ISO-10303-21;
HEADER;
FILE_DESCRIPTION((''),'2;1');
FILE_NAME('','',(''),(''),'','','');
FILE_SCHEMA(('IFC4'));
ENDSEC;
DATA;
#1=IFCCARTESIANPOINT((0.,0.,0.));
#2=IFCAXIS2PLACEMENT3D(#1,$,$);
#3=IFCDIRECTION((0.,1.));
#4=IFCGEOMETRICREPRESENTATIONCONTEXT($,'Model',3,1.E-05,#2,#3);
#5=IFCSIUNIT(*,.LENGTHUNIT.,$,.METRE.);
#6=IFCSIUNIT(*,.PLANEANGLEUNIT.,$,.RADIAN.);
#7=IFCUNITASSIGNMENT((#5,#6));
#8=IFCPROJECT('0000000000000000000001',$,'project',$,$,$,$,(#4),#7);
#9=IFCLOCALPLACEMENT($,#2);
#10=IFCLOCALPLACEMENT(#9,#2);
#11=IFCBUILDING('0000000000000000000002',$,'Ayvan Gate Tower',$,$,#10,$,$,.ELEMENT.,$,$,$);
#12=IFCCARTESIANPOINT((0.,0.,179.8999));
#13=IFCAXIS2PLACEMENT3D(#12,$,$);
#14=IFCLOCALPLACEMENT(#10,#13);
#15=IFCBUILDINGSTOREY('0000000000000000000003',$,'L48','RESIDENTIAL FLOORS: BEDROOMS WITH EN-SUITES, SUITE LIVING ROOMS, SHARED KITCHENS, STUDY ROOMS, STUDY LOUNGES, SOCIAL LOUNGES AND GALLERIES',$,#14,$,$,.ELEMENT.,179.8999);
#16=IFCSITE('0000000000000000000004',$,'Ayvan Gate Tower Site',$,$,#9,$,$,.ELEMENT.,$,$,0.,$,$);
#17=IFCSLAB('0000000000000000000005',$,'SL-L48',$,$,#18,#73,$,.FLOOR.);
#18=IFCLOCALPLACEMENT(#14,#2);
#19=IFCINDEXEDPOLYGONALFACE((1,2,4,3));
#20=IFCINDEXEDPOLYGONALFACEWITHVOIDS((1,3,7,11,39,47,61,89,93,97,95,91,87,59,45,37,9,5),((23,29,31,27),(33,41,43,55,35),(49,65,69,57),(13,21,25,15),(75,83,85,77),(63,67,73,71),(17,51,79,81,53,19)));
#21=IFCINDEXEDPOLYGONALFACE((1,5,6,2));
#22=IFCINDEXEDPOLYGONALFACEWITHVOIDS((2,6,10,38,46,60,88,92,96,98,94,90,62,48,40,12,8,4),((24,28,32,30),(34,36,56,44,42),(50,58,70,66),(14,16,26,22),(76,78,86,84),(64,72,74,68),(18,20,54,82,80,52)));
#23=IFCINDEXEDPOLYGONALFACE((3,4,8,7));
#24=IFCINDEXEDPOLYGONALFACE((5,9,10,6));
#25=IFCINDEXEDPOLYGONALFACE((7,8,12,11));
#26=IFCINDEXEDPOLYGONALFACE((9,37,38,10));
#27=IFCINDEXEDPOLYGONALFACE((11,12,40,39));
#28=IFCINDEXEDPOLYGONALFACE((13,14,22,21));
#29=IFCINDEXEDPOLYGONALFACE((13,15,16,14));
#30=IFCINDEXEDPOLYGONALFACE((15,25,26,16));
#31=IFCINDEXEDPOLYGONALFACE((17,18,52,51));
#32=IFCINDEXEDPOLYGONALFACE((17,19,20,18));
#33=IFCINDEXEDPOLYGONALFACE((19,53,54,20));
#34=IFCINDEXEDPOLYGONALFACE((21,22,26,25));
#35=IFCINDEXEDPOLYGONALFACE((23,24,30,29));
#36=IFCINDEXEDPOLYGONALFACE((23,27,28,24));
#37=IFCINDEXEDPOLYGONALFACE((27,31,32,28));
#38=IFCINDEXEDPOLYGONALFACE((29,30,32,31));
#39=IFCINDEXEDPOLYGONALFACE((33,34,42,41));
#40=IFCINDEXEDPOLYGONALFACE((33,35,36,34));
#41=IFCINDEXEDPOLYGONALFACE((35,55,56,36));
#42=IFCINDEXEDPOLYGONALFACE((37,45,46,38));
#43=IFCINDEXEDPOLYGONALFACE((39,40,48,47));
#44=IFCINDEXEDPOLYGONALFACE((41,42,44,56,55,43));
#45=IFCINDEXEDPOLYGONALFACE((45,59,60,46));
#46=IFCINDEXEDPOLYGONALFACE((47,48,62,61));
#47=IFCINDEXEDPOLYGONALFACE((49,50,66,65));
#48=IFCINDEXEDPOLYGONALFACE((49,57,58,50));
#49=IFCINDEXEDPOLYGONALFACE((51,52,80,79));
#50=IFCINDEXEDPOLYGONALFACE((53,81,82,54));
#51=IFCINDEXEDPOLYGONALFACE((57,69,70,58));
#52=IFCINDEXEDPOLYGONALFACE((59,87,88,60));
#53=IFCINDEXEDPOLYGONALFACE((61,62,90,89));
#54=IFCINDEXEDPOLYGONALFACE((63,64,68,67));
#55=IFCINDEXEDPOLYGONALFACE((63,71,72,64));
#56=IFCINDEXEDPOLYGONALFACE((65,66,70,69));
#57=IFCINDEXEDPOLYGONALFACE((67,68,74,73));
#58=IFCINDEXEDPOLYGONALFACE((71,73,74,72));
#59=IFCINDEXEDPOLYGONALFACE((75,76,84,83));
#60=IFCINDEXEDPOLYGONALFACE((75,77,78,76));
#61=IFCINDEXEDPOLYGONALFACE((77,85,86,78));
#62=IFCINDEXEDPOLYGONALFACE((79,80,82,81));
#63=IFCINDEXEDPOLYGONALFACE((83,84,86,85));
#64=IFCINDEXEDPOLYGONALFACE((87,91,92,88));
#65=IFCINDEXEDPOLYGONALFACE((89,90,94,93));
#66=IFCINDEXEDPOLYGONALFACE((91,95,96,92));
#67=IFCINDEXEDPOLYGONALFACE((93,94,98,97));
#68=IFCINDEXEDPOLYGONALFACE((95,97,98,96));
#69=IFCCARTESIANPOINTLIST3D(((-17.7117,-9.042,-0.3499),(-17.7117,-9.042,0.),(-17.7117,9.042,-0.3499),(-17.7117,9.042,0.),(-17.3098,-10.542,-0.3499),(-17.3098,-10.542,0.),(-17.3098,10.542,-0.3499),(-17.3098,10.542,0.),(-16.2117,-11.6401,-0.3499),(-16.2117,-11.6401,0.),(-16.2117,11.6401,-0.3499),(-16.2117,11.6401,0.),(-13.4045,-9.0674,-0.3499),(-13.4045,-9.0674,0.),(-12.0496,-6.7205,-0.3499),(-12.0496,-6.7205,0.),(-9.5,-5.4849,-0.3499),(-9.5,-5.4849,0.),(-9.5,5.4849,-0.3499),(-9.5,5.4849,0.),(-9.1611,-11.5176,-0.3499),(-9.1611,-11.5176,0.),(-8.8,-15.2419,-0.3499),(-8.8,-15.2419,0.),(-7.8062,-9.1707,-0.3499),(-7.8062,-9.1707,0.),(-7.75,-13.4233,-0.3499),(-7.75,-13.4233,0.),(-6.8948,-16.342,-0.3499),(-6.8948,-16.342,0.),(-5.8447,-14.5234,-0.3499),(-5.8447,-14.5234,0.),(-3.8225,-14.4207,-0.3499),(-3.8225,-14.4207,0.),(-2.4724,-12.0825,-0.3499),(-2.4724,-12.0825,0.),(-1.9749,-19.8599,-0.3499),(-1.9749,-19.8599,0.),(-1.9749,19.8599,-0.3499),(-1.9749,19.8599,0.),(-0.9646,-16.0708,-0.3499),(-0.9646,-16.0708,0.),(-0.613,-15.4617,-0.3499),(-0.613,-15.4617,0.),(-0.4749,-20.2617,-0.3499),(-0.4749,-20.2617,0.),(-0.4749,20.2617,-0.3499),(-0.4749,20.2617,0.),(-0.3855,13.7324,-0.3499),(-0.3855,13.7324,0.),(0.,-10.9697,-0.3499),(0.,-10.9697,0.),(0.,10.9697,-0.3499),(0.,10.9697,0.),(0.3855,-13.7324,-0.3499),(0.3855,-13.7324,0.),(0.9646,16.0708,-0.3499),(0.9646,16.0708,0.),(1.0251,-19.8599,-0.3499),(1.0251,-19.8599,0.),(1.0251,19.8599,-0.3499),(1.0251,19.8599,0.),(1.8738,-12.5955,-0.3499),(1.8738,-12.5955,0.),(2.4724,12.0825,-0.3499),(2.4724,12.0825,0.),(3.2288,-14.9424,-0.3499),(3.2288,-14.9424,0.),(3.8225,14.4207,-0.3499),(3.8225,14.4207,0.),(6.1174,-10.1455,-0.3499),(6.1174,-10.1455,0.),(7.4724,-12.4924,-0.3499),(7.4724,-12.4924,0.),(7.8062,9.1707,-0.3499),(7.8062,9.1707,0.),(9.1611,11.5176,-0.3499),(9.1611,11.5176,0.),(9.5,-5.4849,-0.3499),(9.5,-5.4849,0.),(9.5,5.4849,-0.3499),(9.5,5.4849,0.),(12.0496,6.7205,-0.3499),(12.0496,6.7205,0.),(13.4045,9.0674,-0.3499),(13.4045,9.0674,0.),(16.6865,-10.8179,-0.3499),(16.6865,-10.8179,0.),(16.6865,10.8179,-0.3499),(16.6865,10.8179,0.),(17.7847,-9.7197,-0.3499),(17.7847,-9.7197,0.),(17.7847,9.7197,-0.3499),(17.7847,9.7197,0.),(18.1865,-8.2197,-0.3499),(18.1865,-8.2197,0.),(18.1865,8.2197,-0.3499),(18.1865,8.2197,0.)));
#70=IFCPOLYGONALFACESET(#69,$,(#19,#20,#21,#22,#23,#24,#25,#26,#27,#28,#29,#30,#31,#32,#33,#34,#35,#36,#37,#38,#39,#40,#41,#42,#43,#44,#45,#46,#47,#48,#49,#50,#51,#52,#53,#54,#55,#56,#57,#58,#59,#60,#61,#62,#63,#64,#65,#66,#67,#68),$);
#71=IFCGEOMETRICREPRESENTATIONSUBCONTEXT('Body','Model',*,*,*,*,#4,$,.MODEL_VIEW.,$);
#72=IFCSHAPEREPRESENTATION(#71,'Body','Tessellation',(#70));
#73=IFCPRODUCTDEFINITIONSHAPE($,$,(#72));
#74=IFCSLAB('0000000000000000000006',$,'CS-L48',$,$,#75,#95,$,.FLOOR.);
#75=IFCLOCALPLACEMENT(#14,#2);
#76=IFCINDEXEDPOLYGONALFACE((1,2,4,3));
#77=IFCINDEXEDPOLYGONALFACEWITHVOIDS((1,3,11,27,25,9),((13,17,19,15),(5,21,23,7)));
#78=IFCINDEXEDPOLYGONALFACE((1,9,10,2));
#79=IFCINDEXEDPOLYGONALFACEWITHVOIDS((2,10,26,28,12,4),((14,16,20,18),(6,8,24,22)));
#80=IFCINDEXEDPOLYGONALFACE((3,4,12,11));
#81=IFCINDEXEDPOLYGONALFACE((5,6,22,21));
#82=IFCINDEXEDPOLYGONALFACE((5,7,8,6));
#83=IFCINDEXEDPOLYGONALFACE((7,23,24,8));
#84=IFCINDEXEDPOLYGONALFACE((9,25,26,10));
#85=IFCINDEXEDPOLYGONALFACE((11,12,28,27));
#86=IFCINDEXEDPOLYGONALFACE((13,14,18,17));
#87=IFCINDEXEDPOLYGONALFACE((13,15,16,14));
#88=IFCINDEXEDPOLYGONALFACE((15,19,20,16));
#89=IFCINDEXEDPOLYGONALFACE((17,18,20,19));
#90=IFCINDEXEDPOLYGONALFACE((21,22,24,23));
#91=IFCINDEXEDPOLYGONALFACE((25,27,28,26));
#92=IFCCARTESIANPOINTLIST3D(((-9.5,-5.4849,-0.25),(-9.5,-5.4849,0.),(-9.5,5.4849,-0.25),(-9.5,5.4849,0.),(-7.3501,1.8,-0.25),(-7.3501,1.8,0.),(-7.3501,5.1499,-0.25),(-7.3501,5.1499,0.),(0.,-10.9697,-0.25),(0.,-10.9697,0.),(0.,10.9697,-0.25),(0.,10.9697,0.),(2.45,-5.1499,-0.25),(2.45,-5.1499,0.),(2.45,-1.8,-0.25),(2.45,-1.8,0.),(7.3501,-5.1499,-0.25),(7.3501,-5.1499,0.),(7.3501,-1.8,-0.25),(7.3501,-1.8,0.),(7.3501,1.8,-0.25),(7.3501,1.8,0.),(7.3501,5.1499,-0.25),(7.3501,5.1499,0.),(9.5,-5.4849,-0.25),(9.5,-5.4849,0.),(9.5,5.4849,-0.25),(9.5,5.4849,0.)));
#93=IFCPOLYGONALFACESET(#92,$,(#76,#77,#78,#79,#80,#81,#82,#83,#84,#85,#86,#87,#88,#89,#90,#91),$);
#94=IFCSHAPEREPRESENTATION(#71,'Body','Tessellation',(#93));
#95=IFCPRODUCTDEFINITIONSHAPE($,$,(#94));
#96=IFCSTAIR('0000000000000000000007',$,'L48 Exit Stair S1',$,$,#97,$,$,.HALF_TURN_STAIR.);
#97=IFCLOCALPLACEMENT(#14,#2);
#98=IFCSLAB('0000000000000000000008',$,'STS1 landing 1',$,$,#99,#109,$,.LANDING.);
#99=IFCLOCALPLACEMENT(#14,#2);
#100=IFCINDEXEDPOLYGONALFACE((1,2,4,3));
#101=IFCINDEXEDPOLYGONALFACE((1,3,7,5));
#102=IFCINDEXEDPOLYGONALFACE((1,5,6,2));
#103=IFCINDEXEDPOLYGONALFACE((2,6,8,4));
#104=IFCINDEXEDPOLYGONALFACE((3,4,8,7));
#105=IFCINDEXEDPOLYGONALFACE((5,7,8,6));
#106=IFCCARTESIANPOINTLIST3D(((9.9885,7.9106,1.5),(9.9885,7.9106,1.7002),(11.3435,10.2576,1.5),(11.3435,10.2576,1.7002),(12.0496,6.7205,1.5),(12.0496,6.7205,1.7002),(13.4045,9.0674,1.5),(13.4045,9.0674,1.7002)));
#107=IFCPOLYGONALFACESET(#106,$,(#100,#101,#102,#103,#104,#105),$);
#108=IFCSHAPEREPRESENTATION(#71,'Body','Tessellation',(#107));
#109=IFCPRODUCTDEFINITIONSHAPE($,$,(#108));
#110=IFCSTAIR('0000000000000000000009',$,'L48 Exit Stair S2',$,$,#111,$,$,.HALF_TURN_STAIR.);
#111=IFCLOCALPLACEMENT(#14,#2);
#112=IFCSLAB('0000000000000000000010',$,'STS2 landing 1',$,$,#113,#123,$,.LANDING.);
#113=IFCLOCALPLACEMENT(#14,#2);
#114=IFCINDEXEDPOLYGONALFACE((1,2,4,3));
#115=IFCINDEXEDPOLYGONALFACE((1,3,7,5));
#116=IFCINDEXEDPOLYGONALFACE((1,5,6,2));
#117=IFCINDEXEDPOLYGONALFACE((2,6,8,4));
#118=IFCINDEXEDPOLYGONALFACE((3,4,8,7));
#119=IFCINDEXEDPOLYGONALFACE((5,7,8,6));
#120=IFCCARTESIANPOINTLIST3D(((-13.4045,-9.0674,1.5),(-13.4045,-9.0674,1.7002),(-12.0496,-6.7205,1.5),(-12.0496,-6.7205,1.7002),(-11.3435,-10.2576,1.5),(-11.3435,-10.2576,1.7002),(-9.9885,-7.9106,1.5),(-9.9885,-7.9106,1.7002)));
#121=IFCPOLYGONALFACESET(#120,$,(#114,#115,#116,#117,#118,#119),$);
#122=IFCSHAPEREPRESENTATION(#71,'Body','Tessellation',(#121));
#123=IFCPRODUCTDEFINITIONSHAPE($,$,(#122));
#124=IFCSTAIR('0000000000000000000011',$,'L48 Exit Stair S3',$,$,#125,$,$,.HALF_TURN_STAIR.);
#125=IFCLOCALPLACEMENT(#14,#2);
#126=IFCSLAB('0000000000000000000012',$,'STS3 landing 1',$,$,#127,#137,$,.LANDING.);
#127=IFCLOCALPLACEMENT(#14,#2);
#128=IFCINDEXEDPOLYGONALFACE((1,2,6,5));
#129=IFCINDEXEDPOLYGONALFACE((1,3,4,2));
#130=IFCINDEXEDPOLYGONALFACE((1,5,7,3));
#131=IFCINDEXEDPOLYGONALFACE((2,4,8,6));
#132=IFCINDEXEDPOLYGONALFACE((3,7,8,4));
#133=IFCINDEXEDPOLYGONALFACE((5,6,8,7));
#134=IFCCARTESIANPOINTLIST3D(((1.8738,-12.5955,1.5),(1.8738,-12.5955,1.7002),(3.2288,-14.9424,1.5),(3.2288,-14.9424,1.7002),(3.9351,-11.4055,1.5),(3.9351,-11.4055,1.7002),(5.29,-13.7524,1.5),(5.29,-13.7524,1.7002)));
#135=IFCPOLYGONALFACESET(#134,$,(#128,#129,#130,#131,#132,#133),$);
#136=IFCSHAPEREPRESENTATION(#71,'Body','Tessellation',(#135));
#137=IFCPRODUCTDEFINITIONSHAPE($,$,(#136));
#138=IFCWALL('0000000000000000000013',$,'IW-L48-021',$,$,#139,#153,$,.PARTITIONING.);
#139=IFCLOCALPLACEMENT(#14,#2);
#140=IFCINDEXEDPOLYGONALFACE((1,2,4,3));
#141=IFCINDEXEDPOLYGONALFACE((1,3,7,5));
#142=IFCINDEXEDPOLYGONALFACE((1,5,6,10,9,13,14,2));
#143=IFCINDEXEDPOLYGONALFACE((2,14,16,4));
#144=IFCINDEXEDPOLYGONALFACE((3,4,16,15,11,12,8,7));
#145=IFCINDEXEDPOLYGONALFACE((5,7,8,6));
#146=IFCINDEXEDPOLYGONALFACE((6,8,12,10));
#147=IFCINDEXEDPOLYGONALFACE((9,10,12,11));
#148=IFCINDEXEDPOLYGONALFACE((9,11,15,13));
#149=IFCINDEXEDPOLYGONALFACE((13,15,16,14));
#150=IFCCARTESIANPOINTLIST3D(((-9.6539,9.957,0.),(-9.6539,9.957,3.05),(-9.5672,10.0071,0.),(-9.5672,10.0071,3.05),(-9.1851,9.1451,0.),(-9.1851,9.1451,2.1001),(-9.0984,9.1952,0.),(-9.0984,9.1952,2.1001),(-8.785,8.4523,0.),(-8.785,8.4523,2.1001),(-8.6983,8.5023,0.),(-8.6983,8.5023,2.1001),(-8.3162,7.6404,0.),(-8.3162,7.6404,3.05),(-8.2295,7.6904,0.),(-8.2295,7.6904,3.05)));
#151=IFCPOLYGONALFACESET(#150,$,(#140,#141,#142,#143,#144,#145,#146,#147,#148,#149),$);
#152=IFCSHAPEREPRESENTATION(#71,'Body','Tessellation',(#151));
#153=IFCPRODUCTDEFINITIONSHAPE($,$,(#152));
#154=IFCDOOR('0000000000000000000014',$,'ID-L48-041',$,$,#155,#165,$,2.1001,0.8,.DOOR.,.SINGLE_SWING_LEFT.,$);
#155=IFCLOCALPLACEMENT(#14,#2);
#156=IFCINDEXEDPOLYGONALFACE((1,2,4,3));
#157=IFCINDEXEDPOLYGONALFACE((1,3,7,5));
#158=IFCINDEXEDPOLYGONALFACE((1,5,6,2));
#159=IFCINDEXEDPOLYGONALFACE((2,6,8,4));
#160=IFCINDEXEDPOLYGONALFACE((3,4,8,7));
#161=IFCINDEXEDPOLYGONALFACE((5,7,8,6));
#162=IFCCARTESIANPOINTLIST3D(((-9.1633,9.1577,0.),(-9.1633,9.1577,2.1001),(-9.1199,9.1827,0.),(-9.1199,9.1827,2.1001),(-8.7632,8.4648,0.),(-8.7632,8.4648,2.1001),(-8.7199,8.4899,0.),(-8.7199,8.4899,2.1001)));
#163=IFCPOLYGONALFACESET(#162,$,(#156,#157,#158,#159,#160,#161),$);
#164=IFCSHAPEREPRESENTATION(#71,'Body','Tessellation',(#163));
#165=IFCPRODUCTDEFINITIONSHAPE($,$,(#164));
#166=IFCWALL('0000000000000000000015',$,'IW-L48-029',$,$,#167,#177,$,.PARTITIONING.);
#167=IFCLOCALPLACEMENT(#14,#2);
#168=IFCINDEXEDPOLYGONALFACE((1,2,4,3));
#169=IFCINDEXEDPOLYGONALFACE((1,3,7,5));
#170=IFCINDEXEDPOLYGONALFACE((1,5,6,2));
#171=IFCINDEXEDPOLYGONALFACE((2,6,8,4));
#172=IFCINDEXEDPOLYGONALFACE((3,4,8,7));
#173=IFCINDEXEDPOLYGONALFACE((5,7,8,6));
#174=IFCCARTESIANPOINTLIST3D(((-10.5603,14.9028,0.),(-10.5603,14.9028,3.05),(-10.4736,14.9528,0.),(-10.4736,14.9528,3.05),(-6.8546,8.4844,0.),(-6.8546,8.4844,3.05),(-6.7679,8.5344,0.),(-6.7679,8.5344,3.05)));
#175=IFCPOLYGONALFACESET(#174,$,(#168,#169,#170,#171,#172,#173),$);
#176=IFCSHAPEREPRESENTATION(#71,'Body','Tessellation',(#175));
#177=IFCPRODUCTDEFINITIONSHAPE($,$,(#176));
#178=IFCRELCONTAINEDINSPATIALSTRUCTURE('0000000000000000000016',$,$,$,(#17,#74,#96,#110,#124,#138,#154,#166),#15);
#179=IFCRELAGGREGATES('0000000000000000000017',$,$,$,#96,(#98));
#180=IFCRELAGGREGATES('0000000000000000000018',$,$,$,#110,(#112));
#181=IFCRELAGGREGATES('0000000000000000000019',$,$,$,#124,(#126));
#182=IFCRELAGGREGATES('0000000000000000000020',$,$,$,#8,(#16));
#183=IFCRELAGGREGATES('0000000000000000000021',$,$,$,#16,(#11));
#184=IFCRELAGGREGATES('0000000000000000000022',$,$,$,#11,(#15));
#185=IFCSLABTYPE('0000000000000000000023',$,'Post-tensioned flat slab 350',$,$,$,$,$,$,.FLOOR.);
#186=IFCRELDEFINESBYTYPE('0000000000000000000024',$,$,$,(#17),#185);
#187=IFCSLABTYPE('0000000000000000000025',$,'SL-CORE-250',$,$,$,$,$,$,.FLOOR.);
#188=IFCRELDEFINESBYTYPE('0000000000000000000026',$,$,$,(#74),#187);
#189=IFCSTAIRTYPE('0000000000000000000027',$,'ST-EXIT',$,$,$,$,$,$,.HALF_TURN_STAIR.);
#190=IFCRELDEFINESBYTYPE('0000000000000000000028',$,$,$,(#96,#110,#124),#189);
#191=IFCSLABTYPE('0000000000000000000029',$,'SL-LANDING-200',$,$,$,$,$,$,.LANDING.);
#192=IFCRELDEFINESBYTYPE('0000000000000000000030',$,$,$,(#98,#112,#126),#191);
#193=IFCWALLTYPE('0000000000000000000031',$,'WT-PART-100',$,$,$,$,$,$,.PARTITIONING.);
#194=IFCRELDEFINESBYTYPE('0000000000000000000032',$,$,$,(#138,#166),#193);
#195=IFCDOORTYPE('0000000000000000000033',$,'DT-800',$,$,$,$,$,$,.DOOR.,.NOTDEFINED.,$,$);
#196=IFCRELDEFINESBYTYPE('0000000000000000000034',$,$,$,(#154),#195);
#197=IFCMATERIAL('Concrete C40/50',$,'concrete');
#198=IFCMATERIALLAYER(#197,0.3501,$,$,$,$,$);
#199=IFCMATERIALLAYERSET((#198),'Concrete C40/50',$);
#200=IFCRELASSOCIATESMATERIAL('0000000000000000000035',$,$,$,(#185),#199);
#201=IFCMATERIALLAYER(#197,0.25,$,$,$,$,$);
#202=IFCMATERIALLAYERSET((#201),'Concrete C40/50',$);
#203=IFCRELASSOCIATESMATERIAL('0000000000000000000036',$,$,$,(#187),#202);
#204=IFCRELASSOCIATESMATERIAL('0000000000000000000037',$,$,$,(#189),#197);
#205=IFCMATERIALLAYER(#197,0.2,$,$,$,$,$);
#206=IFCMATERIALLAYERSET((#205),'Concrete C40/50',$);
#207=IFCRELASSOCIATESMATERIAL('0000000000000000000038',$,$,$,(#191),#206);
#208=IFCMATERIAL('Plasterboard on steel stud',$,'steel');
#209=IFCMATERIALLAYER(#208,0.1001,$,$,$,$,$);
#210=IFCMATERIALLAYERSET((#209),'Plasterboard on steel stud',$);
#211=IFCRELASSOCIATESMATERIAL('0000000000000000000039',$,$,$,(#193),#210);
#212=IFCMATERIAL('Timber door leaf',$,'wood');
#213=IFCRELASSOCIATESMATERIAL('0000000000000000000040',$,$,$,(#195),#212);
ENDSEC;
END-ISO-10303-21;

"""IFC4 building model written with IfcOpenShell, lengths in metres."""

from ifc_helpers import new_model, si_unit, direction, frame, frame_2d, origin, place, context, subcontext, project, spatial, polyline, rectangle, outline, extrude, material, layer, layer_set, type_object, element, fill, aggregate, save


model = new_model("IFC4")

# Units and contexts
model_context = context("Model", 3, precision=1e-05, world=origin(), true_north=direction((0.0, 1.0)))
body_context = subcontext(model_context, "Body", "Model", "MODEL_VIEW")
ifc_project = project(units=[si_unit("LENGTHUNIT", "METRE"), si_unit("PLANEANGLEUNIT", "RADIAN")], contexts=[model_context])

# Site, building, storey
site_placement = place(None, origin())
site = spatial("IfcSite", under=ifc_project, at=site_placement, Name="Ayvan Gate Tower Site", CompositionType="ELEMENT", RefElevation=0.0)
building_placement = place(site_placement, origin())
building = spatial("IfcBuilding", under=site, at=building_placement, Name="Ayvan Gate Tower", CompositionType="ELEMENT")
storey_placement = place(building_placement, frame((0.0, 0.0, 179.8999)))
storey = spatial("IfcBuildingStorey", under=building, at=storey_placement, Name="L48", Description="RESIDENTIAL FLOORS: BEDROOMS WITH EN-SUITES, SUITE LIVING ROOMS, SHARED KITCHENS, STUDY ROOMS, STUDY LOUNGES, SOCIAL LOUNGES AND GALLERIES", CompositionType="ELEMENT", Elevation=179.8999)

# Slabs
ifc_material_1 = material(Name="Concrete C40/50", Category="concrete")
ifc_layer_1 = layer(ifc_material_1, 0.3501)
ifc_layer_set_1 = layer_set([ifc_layer_1], Name="Concrete C40/50")
slab_type_1 = type_object("IfcSlabType", Name="Post-tensioned flat slab 350", PredefinedType="FLOOR", material=ifc_layer_set_1)
slab_1_placement = place(storey_placement, frame((0.0, 0.0, -0.3499)))
element("IfcSlab", 1, at=slab_1_placement, inside=storey, type_object=slab_type_1, Name="SL-L48", PredefinedType="FLOOR", context=body_context, shape_type="SweptSolid", body=[
    extrude(outline(polyline([(-0.4749, -20.2617), (-1.9749, -19.8599), (-16.2117, -11.6401), (-17.3098, -10.542), (-17.7117, -9.042), (-17.7117, 9.042), (-17.3098, 10.542), (-16.2117, 11.6401), (-1.9749, 19.8599), (-0.4749, 20.2617), (1.0251, 19.8599), (16.6865, 10.8179), (17.7847, 9.7197), (18.1865, 8.2197), (18.1865, -8.2197), (17.7847, -9.7197), (16.6865, -10.8179), (1.0251, -19.8599), (-0.4749, -20.2617)]), holes=[polyline([(13.4045, 9.0674), (9.1611, 11.5176), (7.8062, 9.1707), (12.0496, 6.7205), (13.4045, 9.0674)]), polyline([(0.0, 10.9697), (-9.5, 5.4849), (-9.5, -5.4849), (0.0, -10.9697), (9.5, -5.4849), (9.5, 5.4849), (0.0, 10.9697)]), polyline([(3.2288, -14.9424), (7.4724, -12.4924), (6.1174, -10.1455), (1.8738, -12.5955), (3.2288, -14.9424)]), polyline([(0.9646, 16.0708), (-0.3855, 13.7324), (2.4724, 12.0825), (3.8225, 14.4207), (0.9646, 16.0708)]), polyline([(0.3855, -13.7324), (-2.4724, -12.0825), (-3.8225, -14.4207), (-0.9646, -16.0708), (-0.613, -15.4617), (0.3855, -13.7324)]), polyline([(-6.8948, -16.342), (-5.8447, -14.5234), (-7.75, -13.4233), (-8.8, -15.2419), (-6.8948, -16.342)]), polyline([(-7.8062, -9.1707), (-12.0496, -6.7205), (-13.4045, -9.0674), (-9.1611, -11.5176), (-7.8062, -9.1707)])]), origin(), (0.0, 0.0, 1.0), 0.3499),
])
ifc_layer_2 = layer(ifc_material_1, 0.25)
ifc_layer_set_2 = layer_set([ifc_layer_2], Name="Concrete C40/50")
slab_type_2 = type_object("IfcSlabType", Name="SL-CORE-250", PredefinedType="FLOOR", material=ifc_layer_set_2)
slab_2_placement = place(storey_placement, frame((0.0, 0.0, -0.25)))
element("IfcSlab", 2, at=slab_2_placement, inside=storey, type_object=slab_type_2, Name="CS-L48", PredefinedType="FLOOR", context=body_context, shape_type="SweptSolid", body=[
    extrude(outline(polyline([(9.5, -5.4849), (0.0, -10.9697), (-9.5, -5.4849), (-9.5, 5.4849), (0.0, 10.9697), (9.5, 5.4849), (9.5, -5.4849)]), holes=[polyline([(-7.3501, 5.1499), (-7.3501, 1.8), (7.3501, 1.8), (7.3501, 5.1499), (-7.3501, 5.1499)]), polyline([(2.45, -1.8), (2.45, -5.1499), (7.3501, -5.1499), (7.3501, -1.8), (2.45, -1.8)])]), origin(), (0.0, 0.0, 1.0), 0.25),
])

# Stairs, slabs
stair_type = type_object("IfcStairType", Name="ST-EXIT", PredefinedType="HALF_TURN_STAIR", material=ifc_material_1)
stair_1_placement = place(storey_placement, origin())
stair_1 = element("IfcStair", 3, at=stair_1_placement, inside=storey, type_object=stair_type, Name="L48 Exit Stair S1", PredefinedType="HALF_TURN_STAIR")
ifc_layer_3 = layer(ifc_material_1, 0.2)
ifc_layer_set_3 = layer_set([ifc_layer_3], Name="Concrete C40/50")
slab_type_3 = type_object("IfcSlabType", Name="SL-LANDING-200", PredefinedType="LANDING", material=ifc_layer_set_3)
slab_3_placement = place(storey_placement, frame((0.0, 0.0, 1.5)))
slab_3 = element("IfcSlab", 4, at=slab_3_placement, type_object=slab_type_3, Name="STS1 landing 1", PredefinedType="LANDING", context=body_context, shape_type="SweptSolid", body=[
    extrude(outline(polyline([(9.9885, 7.9106), (12.0496, 6.7205), (13.4045, 9.0674), (11.3435, 10.2576), (9.9885, 7.9106)])), origin(), (0.0, 0.0, 1.0), 0.2002),
])
aggregate(stair_1, [slab_3])
stair_2_placement = place(storey_placement, origin())
stair_2 = element("IfcStair", 5, at=stair_2_placement, inside=storey, type_object=stair_type, Name="L48 Exit Stair S2", PredefinedType="HALF_TURN_STAIR")
slab_4_placement = place(storey_placement, frame((0.0, 0.0, 1.5)))
slab_4 = element("IfcSlab", 6, at=slab_4_placement, type_object=slab_type_3, Name="STS2 landing 1", PredefinedType="LANDING", context=body_context, shape_type="SweptSolid", body=[
    extrude(outline(polyline([(-9.9885, -7.9106), (-12.0496, -6.7205), (-13.4045, -9.0674), (-11.3435, -10.2576), (-9.9885, -7.9106)])), origin(), (0.0, 0.0, 1.0), 0.2002),
])
aggregate(stair_2, [slab_4])
stair_3_placement = place(storey_placement, origin())
stair_3 = element("IfcStair", 7, at=stair_3_placement, inside=storey, type_object=stair_type, Name="L48 Exit Stair S3", PredefinedType="HALF_TURN_STAIR")
slab_5_placement = place(storey_placement, frame((0.0, 0.0, 1.5)))
slab_5 = element("IfcSlab", 8, at=slab_5_placement, type_object=slab_type_3, Name="STS3 landing 1", PredefinedType="LANDING", context=body_context, shape_type="SweptSolid", body=[
    extrude(outline(polyline([(3.9351, -11.4055), (1.8738, -12.5955), (3.2288, -14.9424), (5.29, -13.7524), (3.9351, -11.4055)])), origin(), (0.0, 0.0, 1.0), 0.2002),
])
aggregate(stair_3, [slab_5])

# Wall, opening, door
ifc_material_2 = material(Name="Plasterboard on steel stud", Category="steel")
ifc_layer_4 = layer(ifc_material_2, 0.1001)
ifc_layer_set_4 = layer_set([ifc_layer_4], Name="Plasterboard on steel stud")
wall_type_1 = type_object("IfcWallType", Name="WT-PART-100", PredefinedType="PARTITIONING", material=ifc_layer_set_4)
wall_1_placement = place(storey_placement, frame((-8.2729, 7.6655, 0.0), z_axis=(0.0, 0.0, 1.0), x_axis=(-0.500036, 0.866005, 0.0)))
wall_1 = element("IfcWall", 9, at=wall_1_placement, inside=storey, type_object=wall_type_1, Name="IW-L48-021", PredefinedType="PARTITIONING", context=body_context, shape_type="SweptSolid", body=[
    extrude(rectangle(XDim=2.675, YDim=0.1001, at=frame_2d((1.3374, 0.0))), origin(), (0.0, 0.0, 1.0), 3.05),
])
opening_1_placement = place(wall_1_placement, frame((0.9375, 0.0, 0.0)))
opening_1 = element("IfcOpeningElement", 10, at=opening_1_placement, cuts=wall_1, PredefinedType="OPENING", context=body_context, shape_type="SweptSolid", body=[
    extrude(rectangle(XDim=0.8, YDim=2.1001, at=frame_2d((0.3999, 1.05))), frame((0.0, 0.0601, 0.0), z_axis=(0.0, -1.0, 0.0), x_axis=(1.0, 0.0, 0.0)), (0.0, 0.0, 1.0), 0.1201),
])
ifc_material_3 = material(Name="Timber door leaf", Category="wood")
door_type_1 = type_object("IfcDoorType", Name="DT-800", OperationType="NOTDEFINED", PredefinedType="DOOR", material=ifc_material_3)
door_1_placement = place(opening_1_placement, origin())
door_1 = element("IfcDoor", 11, at=door_1_placement, inside=storey, type_object=door_type_1, Name="ID-L48-041", OperationType="SINGLE_SWING_LEFT", OverallHeight=2.1001, OverallWidth=0.8, PredefinedType="DOOR", context=body_context, shape_type="SweptSolid", body=[
    extrude(rectangle(XDim=0.8, YDim=2.1001, at=frame_2d((0.3999, 1.05))), frame((0.0, 0.0249, 0.0), z_axis=(0.0, -1.0, 0.0), x_axis=(1.0, 0.0, 0.0)), (0.0, 0.0, 1.0), 0.05),
])
fill(opening_1, door_1)

# Wall
wall_2_placement = place(storey_placement, frame((-6.8113, 8.5095, 0.0), z_axis=(0.0, 0.0, 1.0), x_axis=(-0.500011, 0.866019, 0.0)))
element("IfcWall", 12, at=wall_2_placement, inside=storey, type_object=wall_type_1, Name="IW-L48-029", PredefinedType="PARTITIONING", context=body_context, shape_type="SweptSolid", body=[
    extrude(rectangle(XDim=7.4114, YDim=0.1001, at=frame_2d((3.7056, 0.0))), origin(), (0.0, 0.0, 1.0), 3.05),
])

save(model, "model.ifc")
